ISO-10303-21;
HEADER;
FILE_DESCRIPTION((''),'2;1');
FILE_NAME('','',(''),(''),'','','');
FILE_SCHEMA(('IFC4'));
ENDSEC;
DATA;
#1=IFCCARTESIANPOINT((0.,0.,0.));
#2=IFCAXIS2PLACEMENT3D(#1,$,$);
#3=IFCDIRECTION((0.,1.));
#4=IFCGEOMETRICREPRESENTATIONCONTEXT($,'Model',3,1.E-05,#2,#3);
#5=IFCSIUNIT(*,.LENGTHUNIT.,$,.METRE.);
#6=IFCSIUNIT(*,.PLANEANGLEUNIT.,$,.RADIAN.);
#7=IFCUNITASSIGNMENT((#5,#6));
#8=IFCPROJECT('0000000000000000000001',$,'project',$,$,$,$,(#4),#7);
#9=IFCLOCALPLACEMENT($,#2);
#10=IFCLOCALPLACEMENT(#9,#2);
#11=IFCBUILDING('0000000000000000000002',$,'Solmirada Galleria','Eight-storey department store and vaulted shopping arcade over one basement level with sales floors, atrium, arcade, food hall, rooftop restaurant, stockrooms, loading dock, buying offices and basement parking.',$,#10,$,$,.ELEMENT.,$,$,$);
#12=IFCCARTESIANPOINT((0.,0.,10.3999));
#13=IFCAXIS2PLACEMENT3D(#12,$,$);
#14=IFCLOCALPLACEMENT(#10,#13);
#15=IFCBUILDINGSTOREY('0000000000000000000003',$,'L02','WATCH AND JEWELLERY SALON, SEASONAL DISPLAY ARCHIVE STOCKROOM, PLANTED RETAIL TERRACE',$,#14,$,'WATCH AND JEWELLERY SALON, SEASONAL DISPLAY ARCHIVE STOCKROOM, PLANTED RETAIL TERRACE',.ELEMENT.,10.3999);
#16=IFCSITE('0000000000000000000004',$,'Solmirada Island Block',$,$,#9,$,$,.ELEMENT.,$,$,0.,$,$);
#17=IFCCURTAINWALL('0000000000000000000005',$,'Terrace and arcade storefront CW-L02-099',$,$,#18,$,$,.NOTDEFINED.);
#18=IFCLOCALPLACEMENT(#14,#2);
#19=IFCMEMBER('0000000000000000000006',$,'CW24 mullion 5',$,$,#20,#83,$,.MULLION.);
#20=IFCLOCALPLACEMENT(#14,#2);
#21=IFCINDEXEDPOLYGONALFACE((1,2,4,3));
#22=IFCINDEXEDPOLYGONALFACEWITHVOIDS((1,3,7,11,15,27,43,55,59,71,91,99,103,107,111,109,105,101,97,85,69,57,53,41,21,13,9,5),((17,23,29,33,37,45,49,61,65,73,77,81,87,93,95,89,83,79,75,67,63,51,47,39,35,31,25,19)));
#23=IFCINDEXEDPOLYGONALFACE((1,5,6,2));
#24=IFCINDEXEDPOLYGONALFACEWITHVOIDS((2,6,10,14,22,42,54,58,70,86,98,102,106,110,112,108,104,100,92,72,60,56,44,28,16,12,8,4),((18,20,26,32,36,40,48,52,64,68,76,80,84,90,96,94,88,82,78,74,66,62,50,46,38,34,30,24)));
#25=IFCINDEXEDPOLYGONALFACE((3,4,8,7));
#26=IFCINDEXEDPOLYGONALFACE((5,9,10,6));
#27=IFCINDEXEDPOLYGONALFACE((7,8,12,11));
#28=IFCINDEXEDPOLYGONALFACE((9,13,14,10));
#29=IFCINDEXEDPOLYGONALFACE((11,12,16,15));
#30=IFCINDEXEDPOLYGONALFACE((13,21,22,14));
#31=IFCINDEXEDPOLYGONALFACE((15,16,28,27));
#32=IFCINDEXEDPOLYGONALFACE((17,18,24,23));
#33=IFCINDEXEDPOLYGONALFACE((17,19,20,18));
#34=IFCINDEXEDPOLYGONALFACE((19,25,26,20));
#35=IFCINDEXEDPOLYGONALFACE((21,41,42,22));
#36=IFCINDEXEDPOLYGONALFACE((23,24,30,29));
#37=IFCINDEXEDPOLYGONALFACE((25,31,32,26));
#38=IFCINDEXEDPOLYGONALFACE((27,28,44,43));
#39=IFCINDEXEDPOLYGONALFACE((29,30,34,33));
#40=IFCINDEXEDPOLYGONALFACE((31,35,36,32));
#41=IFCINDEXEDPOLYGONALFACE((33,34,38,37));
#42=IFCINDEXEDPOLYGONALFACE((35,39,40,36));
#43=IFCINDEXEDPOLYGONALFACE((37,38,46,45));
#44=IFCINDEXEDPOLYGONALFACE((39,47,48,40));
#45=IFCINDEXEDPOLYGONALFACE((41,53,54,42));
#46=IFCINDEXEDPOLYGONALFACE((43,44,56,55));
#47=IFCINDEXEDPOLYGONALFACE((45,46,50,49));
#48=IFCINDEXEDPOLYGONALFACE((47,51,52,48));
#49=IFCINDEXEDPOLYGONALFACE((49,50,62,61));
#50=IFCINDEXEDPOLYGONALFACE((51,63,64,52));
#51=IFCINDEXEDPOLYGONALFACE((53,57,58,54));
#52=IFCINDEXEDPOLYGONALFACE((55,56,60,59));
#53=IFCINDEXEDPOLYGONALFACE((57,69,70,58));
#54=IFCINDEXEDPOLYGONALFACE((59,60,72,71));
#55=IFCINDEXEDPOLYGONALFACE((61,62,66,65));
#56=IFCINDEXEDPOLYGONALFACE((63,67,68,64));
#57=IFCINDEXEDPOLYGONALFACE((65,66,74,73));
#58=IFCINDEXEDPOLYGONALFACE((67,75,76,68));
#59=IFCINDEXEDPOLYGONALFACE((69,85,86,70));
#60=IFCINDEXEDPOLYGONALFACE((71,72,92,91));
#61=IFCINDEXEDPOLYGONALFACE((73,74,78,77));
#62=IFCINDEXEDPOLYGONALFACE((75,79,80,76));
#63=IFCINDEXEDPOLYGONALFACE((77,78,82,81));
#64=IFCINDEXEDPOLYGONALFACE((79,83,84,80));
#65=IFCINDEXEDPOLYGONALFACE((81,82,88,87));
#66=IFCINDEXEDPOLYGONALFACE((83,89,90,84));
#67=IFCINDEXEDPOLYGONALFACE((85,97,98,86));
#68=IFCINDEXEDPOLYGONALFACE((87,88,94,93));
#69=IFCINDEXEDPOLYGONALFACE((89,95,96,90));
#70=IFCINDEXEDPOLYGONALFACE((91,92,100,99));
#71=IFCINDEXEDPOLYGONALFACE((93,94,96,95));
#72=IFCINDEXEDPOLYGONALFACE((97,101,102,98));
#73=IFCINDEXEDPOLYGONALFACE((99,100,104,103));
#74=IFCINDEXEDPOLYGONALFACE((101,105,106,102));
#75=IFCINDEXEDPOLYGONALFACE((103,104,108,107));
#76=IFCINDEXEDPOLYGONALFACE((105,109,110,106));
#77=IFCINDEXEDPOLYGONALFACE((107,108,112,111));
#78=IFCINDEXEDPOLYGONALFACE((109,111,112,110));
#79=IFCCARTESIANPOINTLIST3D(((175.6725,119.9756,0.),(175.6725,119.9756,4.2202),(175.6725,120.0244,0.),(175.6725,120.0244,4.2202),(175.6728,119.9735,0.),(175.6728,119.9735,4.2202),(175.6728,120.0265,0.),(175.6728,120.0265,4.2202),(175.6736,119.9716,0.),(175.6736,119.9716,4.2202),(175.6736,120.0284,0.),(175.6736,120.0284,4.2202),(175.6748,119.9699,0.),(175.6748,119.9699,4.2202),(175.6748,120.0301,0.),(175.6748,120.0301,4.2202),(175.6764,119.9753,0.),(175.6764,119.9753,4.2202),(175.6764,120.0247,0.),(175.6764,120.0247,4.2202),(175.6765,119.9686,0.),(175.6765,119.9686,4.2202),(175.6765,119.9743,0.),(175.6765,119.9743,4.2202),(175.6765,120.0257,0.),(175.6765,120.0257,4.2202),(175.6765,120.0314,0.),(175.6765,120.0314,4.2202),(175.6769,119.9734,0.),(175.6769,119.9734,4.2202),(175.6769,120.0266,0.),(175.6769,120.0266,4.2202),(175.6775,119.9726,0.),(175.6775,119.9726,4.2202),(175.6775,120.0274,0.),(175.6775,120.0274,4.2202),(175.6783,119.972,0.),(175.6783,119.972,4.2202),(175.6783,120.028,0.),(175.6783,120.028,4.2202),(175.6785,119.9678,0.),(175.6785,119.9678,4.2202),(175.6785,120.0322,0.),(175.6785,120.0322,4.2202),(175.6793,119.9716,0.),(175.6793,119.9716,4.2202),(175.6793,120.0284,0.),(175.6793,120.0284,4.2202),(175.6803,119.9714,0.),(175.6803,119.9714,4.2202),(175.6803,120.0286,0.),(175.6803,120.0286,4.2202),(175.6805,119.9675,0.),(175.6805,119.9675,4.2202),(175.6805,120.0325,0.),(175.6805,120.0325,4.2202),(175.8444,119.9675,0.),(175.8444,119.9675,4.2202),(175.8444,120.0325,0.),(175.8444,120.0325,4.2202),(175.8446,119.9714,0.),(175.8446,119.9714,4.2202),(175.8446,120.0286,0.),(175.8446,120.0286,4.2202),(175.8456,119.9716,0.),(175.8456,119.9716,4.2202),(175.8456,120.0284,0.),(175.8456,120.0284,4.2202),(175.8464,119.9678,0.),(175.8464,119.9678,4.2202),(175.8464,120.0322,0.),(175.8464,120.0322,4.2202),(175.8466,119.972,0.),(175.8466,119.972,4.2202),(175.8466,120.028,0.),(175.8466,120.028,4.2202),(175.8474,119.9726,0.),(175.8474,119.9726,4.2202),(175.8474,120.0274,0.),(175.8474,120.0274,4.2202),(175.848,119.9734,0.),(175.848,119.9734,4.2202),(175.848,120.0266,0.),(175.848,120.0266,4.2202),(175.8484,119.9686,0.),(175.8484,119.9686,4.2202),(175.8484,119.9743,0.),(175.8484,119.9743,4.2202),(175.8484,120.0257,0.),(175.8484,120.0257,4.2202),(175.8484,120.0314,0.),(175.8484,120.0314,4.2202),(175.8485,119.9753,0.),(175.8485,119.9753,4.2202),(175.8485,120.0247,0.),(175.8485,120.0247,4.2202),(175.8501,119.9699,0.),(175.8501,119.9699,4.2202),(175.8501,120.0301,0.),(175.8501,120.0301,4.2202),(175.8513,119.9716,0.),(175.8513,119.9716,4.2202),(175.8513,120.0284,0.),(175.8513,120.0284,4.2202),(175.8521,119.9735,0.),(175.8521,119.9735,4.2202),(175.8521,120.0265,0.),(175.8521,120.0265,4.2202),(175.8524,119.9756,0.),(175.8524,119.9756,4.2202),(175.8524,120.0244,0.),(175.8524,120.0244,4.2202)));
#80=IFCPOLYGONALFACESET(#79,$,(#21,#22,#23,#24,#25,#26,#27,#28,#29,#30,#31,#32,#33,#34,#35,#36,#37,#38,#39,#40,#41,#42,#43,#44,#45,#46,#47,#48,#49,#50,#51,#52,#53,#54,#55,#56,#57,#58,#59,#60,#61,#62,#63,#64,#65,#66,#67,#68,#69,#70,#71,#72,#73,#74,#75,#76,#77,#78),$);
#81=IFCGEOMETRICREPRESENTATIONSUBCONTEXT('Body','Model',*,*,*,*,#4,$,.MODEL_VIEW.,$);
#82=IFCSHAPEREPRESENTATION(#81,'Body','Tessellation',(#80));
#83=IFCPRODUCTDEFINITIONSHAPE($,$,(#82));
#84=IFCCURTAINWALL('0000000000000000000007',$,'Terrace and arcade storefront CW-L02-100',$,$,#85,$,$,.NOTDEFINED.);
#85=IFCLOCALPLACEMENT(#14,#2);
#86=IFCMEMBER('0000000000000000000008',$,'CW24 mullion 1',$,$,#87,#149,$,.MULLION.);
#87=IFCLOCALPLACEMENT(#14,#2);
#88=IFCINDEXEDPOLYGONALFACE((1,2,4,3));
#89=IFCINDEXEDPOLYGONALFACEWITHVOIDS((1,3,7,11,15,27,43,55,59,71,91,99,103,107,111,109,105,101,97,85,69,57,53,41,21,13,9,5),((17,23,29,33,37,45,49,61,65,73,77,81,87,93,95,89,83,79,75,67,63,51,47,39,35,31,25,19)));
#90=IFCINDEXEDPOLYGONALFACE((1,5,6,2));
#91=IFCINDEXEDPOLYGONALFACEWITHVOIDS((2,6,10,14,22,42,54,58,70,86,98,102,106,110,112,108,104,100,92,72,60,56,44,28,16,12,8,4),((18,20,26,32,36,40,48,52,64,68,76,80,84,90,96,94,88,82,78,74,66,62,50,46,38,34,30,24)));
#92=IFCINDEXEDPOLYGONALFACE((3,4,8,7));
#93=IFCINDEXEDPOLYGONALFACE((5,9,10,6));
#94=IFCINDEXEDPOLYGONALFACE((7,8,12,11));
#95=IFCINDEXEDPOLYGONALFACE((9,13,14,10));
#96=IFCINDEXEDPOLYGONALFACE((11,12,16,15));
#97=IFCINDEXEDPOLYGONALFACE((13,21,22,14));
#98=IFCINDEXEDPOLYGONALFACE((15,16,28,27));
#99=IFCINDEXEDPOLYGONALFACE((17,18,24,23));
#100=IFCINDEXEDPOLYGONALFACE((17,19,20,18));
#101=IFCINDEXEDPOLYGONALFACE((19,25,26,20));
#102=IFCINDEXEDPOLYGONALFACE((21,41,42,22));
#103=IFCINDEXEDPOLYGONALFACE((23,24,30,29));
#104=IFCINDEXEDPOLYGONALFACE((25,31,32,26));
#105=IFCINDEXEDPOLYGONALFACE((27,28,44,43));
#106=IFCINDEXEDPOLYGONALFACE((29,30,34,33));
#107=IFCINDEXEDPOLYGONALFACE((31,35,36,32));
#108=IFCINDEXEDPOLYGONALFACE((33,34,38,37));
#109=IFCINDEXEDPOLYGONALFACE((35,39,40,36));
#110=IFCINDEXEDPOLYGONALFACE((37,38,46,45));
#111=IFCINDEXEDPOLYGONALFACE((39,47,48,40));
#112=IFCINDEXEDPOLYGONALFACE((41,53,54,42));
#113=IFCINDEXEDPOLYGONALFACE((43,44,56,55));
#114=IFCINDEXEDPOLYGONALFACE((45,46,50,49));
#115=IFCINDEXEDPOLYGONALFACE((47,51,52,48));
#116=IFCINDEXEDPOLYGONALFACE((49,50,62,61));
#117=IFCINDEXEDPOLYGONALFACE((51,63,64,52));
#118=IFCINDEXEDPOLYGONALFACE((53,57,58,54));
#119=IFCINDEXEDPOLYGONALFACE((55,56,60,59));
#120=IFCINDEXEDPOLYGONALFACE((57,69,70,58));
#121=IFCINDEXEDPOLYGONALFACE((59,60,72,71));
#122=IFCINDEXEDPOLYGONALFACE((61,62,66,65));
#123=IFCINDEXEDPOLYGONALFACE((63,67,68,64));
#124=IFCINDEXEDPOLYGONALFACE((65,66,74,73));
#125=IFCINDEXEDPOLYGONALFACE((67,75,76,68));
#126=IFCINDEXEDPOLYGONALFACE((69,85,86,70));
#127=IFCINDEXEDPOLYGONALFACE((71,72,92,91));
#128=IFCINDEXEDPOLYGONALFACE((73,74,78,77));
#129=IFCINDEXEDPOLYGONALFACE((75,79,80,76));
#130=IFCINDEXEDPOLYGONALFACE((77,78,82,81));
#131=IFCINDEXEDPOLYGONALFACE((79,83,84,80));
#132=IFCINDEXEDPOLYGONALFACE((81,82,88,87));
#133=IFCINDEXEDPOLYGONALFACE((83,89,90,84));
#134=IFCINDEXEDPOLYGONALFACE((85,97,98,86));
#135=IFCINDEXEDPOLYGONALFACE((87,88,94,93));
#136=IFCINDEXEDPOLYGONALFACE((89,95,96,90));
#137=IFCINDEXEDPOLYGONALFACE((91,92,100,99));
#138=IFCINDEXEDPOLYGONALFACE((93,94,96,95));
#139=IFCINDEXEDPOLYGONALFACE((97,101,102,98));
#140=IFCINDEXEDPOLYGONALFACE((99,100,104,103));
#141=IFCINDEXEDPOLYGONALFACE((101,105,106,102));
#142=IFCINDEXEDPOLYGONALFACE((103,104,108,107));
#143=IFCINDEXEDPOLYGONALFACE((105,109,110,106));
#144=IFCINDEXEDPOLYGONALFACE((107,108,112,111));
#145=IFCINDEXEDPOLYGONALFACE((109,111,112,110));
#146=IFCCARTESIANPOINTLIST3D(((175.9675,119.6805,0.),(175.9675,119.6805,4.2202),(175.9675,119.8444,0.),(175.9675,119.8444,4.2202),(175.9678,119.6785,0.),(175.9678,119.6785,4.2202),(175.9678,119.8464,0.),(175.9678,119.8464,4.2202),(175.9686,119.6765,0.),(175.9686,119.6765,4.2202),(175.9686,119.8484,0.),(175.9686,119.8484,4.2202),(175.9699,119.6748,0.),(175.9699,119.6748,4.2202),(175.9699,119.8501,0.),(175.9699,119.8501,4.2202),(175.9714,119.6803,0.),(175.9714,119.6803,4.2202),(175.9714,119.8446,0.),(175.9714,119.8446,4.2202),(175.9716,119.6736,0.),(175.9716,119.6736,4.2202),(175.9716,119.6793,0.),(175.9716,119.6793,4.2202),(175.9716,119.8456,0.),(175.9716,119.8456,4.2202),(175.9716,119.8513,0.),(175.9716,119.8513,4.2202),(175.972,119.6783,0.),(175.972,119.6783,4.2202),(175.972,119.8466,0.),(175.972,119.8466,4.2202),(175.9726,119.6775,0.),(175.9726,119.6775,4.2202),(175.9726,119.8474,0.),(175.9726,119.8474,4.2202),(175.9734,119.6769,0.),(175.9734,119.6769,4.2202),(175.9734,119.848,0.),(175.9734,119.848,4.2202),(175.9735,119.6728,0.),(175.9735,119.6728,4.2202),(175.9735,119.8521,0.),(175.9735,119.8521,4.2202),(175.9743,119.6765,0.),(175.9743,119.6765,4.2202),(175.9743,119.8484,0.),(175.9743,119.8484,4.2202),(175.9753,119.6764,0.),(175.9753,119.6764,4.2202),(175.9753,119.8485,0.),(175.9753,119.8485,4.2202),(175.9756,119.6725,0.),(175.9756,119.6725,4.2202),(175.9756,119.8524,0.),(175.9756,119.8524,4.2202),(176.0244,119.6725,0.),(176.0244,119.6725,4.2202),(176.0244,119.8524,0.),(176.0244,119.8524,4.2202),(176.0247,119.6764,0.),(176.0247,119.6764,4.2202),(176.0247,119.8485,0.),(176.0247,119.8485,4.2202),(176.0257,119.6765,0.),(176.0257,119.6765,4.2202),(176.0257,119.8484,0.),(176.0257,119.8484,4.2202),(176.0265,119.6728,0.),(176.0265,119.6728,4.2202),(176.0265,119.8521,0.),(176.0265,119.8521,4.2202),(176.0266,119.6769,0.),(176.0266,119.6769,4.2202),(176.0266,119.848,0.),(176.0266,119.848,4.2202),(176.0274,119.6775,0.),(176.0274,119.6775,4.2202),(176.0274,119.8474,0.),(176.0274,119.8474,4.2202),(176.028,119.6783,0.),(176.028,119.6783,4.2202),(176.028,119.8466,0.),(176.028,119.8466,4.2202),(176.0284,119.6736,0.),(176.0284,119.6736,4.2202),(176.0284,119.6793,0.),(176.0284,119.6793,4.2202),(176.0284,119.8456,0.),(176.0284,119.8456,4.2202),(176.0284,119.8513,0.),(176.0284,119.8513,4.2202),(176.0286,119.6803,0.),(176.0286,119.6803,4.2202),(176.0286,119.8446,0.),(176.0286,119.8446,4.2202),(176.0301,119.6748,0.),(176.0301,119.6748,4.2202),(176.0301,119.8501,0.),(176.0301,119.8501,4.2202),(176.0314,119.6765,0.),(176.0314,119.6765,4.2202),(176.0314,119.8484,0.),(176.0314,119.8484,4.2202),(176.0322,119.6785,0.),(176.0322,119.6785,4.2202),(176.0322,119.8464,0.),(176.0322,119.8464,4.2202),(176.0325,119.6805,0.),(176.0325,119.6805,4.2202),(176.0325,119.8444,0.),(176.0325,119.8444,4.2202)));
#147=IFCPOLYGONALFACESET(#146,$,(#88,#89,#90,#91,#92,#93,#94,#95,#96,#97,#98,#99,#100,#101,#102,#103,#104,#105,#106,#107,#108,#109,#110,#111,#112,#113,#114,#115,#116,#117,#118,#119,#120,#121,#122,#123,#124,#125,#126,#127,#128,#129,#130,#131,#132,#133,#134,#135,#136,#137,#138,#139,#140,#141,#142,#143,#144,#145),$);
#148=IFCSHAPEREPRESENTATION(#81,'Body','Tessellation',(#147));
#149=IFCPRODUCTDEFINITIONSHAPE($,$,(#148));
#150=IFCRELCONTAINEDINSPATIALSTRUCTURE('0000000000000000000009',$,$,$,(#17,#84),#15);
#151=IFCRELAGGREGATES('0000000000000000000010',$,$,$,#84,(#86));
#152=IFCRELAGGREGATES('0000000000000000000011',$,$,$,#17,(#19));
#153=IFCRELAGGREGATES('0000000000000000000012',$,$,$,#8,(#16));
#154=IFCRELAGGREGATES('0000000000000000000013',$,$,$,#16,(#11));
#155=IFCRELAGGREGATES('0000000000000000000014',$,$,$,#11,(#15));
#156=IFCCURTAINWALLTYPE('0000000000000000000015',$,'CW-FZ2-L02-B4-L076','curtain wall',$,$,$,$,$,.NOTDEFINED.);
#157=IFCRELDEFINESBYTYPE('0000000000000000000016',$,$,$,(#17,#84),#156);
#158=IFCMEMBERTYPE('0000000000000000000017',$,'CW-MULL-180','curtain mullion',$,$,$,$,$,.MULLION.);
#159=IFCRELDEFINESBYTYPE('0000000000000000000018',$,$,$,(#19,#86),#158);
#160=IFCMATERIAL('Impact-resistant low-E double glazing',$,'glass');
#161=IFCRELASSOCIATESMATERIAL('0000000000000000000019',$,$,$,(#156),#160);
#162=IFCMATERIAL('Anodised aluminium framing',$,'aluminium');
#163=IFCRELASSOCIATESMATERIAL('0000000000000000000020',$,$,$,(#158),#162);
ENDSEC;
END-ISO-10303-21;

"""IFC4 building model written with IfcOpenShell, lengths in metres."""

from ifc_helpers import new_model, si_unit, direction, frame, origin, origin_2d, place, context, subcontext, project, spatial, hollow_rectangle, extrude, material, material_profile, profile_set, type_object, element, aggregate, save


model = new_model("IFC4")

# Units and contexts
model_context = context("Model", 3, precision=1e-05, world=origin(), true_north=direction((0.0, 1.0)))
body_context = subcontext(model_context, "Body", "Model", "MODEL_VIEW")
ifc_project = project(units=[si_unit("LENGTHUNIT", "METRE"), si_unit("PLANEANGLEUNIT", "RADIAN")], contexts=[model_context])

# Site, building, storey
site_placement = place(None, origin())
site = spatial("IfcSite", under=ifc_project, at=site_placement, Name="Solmirada Island Block", CompositionType="ELEMENT", RefElevation=0.0)
building_placement = place(site_placement, origin())
building = spatial("IfcBuilding", under=site, at=building_placement, Name="Solmirada Galleria", Description="Eight-storey department store and vaulted shopping arcade over one basement level with sales floors, atrium, arcade, food hall, rooftop restaurant, stockrooms, loading dock, buying offices and basement parking.", CompositionType="ELEMENT")
storey_placement = place(building_placement, frame((0.0, 0.0, 10.3999)))
storey = spatial("IfcBuildingStorey", under=building, at=storey_placement, Name="L02", Description="WATCH AND JEWELLERY SALON, SEASONAL DISPLAY ARCHIVE STOCKROOM, PLANTED RETAIL TERRACE", LongName="WATCH AND JEWELLERY SALON, SEASONAL DISPLAY ARCHIVE STOCKROOM, PLANTED RETAIL TERRACE", CompositionType="ELEMENT", Elevation=10.3999)

# Curtain wall, member
ifc_material_1 = material(Name="Impact-resistant low-E double glazing", Category="glass")
curtain_wall_type = type_object("IfcCurtainWallType", Name="CW-FZ2-L02-B4-L076", Description="curtain wall", PredefinedType="NOTDEFINED", material=ifc_material_1)
curtain_wall_1_placement = place(storey_placement, origin())
curtain_wall_1 = element("IfcCurtainWall", 1, at=curtain_wall_1_placement, inside=storey, type_object=curtain_wall_type, Name="Terrace and arcade storefront CW-L02-099", PredefinedType="NOTDEFINED")
ifc_material_2 = material(Name="Anodised aluminium framing", Category="aluminium")
ifc_material_profile_1 = material_profile(ifc_material_2, hollow_rectangle(XDim=0.0649, YDim=0.1799, WallThickness=0.0039, InnerFilletRadius=0.0039, OuterFilletRadius=0.0081, at=origin_2d()), Name="ALU-MULL-180X65")
ifc_profile_set_1 = profile_set([ifc_material_profile_1], Name="Anodised aluminium framing")
member_type_1 = type_object("IfcMemberType", Name="CW-MULL-180", Description="curtain mullion", PredefinedType="MULLION", material=ifc_profile_set_1)
member_1_placement = place(storey_placement, frame((175.7625, 120.0, 0.0), z_axis=(0.0, 0.0, 1.0), x_axis=(0.0, 1.0, 0.0)))
member_1 = element("IfcMember", 2, at=member_1_placement, type_object=member_type_1, Name="CW24 mullion 5", PredefinedType="MULLION", context=body_context, shape_type="SweptSolid", body=[
    extrude(hollow_rectangle(XDim=0.0649, YDim=0.1799, WallThickness=0.0039, InnerFilletRadius=0.0039, OuterFilletRadius=0.0081, at=origin_2d()), origin(), (0.0, 0.0, 1.0), 4.2202),
])

# Curtain wall, member
curtain_wall_2_placement = place(storey_placement, origin())
curtain_wall_2 = element("IfcCurtainWall", 3, at=curtain_wall_2_placement, inside=storey, type_object=curtain_wall_type, Name="Terrace and arcade storefront CW-L02-100", PredefinedType="NOTDEFINED")
member_2_placement = place(storey_placement, frame((176.0, 119.7625, 0.0), z_axis=(0.0, 0.0, 1.0), x_axis=(1.0, 0.0, 0.0)))
member_2 = element("IfcMember", 4, at=member_2_placement, type_object=member_type_1, Name="CW24 mullion 1", PredefinedType="MULLION", context=body_context, shape_type="SweptSolid", body=[
    extrude(hollow_rectangle(XDim=0.0649, YDim=0.1799, WallThickness=0.0039, InnerFilletRadius=0.0039, OuterFilletRadius=0.0081, at=origin_2d()), origin(), (0.0, 0.0, 1.0), 4.2202),
])

aggregate(curtain_wall_2, [member_2])

aggregate(curtain_wall_1, [member_1])

save(model, "model.ifc")
